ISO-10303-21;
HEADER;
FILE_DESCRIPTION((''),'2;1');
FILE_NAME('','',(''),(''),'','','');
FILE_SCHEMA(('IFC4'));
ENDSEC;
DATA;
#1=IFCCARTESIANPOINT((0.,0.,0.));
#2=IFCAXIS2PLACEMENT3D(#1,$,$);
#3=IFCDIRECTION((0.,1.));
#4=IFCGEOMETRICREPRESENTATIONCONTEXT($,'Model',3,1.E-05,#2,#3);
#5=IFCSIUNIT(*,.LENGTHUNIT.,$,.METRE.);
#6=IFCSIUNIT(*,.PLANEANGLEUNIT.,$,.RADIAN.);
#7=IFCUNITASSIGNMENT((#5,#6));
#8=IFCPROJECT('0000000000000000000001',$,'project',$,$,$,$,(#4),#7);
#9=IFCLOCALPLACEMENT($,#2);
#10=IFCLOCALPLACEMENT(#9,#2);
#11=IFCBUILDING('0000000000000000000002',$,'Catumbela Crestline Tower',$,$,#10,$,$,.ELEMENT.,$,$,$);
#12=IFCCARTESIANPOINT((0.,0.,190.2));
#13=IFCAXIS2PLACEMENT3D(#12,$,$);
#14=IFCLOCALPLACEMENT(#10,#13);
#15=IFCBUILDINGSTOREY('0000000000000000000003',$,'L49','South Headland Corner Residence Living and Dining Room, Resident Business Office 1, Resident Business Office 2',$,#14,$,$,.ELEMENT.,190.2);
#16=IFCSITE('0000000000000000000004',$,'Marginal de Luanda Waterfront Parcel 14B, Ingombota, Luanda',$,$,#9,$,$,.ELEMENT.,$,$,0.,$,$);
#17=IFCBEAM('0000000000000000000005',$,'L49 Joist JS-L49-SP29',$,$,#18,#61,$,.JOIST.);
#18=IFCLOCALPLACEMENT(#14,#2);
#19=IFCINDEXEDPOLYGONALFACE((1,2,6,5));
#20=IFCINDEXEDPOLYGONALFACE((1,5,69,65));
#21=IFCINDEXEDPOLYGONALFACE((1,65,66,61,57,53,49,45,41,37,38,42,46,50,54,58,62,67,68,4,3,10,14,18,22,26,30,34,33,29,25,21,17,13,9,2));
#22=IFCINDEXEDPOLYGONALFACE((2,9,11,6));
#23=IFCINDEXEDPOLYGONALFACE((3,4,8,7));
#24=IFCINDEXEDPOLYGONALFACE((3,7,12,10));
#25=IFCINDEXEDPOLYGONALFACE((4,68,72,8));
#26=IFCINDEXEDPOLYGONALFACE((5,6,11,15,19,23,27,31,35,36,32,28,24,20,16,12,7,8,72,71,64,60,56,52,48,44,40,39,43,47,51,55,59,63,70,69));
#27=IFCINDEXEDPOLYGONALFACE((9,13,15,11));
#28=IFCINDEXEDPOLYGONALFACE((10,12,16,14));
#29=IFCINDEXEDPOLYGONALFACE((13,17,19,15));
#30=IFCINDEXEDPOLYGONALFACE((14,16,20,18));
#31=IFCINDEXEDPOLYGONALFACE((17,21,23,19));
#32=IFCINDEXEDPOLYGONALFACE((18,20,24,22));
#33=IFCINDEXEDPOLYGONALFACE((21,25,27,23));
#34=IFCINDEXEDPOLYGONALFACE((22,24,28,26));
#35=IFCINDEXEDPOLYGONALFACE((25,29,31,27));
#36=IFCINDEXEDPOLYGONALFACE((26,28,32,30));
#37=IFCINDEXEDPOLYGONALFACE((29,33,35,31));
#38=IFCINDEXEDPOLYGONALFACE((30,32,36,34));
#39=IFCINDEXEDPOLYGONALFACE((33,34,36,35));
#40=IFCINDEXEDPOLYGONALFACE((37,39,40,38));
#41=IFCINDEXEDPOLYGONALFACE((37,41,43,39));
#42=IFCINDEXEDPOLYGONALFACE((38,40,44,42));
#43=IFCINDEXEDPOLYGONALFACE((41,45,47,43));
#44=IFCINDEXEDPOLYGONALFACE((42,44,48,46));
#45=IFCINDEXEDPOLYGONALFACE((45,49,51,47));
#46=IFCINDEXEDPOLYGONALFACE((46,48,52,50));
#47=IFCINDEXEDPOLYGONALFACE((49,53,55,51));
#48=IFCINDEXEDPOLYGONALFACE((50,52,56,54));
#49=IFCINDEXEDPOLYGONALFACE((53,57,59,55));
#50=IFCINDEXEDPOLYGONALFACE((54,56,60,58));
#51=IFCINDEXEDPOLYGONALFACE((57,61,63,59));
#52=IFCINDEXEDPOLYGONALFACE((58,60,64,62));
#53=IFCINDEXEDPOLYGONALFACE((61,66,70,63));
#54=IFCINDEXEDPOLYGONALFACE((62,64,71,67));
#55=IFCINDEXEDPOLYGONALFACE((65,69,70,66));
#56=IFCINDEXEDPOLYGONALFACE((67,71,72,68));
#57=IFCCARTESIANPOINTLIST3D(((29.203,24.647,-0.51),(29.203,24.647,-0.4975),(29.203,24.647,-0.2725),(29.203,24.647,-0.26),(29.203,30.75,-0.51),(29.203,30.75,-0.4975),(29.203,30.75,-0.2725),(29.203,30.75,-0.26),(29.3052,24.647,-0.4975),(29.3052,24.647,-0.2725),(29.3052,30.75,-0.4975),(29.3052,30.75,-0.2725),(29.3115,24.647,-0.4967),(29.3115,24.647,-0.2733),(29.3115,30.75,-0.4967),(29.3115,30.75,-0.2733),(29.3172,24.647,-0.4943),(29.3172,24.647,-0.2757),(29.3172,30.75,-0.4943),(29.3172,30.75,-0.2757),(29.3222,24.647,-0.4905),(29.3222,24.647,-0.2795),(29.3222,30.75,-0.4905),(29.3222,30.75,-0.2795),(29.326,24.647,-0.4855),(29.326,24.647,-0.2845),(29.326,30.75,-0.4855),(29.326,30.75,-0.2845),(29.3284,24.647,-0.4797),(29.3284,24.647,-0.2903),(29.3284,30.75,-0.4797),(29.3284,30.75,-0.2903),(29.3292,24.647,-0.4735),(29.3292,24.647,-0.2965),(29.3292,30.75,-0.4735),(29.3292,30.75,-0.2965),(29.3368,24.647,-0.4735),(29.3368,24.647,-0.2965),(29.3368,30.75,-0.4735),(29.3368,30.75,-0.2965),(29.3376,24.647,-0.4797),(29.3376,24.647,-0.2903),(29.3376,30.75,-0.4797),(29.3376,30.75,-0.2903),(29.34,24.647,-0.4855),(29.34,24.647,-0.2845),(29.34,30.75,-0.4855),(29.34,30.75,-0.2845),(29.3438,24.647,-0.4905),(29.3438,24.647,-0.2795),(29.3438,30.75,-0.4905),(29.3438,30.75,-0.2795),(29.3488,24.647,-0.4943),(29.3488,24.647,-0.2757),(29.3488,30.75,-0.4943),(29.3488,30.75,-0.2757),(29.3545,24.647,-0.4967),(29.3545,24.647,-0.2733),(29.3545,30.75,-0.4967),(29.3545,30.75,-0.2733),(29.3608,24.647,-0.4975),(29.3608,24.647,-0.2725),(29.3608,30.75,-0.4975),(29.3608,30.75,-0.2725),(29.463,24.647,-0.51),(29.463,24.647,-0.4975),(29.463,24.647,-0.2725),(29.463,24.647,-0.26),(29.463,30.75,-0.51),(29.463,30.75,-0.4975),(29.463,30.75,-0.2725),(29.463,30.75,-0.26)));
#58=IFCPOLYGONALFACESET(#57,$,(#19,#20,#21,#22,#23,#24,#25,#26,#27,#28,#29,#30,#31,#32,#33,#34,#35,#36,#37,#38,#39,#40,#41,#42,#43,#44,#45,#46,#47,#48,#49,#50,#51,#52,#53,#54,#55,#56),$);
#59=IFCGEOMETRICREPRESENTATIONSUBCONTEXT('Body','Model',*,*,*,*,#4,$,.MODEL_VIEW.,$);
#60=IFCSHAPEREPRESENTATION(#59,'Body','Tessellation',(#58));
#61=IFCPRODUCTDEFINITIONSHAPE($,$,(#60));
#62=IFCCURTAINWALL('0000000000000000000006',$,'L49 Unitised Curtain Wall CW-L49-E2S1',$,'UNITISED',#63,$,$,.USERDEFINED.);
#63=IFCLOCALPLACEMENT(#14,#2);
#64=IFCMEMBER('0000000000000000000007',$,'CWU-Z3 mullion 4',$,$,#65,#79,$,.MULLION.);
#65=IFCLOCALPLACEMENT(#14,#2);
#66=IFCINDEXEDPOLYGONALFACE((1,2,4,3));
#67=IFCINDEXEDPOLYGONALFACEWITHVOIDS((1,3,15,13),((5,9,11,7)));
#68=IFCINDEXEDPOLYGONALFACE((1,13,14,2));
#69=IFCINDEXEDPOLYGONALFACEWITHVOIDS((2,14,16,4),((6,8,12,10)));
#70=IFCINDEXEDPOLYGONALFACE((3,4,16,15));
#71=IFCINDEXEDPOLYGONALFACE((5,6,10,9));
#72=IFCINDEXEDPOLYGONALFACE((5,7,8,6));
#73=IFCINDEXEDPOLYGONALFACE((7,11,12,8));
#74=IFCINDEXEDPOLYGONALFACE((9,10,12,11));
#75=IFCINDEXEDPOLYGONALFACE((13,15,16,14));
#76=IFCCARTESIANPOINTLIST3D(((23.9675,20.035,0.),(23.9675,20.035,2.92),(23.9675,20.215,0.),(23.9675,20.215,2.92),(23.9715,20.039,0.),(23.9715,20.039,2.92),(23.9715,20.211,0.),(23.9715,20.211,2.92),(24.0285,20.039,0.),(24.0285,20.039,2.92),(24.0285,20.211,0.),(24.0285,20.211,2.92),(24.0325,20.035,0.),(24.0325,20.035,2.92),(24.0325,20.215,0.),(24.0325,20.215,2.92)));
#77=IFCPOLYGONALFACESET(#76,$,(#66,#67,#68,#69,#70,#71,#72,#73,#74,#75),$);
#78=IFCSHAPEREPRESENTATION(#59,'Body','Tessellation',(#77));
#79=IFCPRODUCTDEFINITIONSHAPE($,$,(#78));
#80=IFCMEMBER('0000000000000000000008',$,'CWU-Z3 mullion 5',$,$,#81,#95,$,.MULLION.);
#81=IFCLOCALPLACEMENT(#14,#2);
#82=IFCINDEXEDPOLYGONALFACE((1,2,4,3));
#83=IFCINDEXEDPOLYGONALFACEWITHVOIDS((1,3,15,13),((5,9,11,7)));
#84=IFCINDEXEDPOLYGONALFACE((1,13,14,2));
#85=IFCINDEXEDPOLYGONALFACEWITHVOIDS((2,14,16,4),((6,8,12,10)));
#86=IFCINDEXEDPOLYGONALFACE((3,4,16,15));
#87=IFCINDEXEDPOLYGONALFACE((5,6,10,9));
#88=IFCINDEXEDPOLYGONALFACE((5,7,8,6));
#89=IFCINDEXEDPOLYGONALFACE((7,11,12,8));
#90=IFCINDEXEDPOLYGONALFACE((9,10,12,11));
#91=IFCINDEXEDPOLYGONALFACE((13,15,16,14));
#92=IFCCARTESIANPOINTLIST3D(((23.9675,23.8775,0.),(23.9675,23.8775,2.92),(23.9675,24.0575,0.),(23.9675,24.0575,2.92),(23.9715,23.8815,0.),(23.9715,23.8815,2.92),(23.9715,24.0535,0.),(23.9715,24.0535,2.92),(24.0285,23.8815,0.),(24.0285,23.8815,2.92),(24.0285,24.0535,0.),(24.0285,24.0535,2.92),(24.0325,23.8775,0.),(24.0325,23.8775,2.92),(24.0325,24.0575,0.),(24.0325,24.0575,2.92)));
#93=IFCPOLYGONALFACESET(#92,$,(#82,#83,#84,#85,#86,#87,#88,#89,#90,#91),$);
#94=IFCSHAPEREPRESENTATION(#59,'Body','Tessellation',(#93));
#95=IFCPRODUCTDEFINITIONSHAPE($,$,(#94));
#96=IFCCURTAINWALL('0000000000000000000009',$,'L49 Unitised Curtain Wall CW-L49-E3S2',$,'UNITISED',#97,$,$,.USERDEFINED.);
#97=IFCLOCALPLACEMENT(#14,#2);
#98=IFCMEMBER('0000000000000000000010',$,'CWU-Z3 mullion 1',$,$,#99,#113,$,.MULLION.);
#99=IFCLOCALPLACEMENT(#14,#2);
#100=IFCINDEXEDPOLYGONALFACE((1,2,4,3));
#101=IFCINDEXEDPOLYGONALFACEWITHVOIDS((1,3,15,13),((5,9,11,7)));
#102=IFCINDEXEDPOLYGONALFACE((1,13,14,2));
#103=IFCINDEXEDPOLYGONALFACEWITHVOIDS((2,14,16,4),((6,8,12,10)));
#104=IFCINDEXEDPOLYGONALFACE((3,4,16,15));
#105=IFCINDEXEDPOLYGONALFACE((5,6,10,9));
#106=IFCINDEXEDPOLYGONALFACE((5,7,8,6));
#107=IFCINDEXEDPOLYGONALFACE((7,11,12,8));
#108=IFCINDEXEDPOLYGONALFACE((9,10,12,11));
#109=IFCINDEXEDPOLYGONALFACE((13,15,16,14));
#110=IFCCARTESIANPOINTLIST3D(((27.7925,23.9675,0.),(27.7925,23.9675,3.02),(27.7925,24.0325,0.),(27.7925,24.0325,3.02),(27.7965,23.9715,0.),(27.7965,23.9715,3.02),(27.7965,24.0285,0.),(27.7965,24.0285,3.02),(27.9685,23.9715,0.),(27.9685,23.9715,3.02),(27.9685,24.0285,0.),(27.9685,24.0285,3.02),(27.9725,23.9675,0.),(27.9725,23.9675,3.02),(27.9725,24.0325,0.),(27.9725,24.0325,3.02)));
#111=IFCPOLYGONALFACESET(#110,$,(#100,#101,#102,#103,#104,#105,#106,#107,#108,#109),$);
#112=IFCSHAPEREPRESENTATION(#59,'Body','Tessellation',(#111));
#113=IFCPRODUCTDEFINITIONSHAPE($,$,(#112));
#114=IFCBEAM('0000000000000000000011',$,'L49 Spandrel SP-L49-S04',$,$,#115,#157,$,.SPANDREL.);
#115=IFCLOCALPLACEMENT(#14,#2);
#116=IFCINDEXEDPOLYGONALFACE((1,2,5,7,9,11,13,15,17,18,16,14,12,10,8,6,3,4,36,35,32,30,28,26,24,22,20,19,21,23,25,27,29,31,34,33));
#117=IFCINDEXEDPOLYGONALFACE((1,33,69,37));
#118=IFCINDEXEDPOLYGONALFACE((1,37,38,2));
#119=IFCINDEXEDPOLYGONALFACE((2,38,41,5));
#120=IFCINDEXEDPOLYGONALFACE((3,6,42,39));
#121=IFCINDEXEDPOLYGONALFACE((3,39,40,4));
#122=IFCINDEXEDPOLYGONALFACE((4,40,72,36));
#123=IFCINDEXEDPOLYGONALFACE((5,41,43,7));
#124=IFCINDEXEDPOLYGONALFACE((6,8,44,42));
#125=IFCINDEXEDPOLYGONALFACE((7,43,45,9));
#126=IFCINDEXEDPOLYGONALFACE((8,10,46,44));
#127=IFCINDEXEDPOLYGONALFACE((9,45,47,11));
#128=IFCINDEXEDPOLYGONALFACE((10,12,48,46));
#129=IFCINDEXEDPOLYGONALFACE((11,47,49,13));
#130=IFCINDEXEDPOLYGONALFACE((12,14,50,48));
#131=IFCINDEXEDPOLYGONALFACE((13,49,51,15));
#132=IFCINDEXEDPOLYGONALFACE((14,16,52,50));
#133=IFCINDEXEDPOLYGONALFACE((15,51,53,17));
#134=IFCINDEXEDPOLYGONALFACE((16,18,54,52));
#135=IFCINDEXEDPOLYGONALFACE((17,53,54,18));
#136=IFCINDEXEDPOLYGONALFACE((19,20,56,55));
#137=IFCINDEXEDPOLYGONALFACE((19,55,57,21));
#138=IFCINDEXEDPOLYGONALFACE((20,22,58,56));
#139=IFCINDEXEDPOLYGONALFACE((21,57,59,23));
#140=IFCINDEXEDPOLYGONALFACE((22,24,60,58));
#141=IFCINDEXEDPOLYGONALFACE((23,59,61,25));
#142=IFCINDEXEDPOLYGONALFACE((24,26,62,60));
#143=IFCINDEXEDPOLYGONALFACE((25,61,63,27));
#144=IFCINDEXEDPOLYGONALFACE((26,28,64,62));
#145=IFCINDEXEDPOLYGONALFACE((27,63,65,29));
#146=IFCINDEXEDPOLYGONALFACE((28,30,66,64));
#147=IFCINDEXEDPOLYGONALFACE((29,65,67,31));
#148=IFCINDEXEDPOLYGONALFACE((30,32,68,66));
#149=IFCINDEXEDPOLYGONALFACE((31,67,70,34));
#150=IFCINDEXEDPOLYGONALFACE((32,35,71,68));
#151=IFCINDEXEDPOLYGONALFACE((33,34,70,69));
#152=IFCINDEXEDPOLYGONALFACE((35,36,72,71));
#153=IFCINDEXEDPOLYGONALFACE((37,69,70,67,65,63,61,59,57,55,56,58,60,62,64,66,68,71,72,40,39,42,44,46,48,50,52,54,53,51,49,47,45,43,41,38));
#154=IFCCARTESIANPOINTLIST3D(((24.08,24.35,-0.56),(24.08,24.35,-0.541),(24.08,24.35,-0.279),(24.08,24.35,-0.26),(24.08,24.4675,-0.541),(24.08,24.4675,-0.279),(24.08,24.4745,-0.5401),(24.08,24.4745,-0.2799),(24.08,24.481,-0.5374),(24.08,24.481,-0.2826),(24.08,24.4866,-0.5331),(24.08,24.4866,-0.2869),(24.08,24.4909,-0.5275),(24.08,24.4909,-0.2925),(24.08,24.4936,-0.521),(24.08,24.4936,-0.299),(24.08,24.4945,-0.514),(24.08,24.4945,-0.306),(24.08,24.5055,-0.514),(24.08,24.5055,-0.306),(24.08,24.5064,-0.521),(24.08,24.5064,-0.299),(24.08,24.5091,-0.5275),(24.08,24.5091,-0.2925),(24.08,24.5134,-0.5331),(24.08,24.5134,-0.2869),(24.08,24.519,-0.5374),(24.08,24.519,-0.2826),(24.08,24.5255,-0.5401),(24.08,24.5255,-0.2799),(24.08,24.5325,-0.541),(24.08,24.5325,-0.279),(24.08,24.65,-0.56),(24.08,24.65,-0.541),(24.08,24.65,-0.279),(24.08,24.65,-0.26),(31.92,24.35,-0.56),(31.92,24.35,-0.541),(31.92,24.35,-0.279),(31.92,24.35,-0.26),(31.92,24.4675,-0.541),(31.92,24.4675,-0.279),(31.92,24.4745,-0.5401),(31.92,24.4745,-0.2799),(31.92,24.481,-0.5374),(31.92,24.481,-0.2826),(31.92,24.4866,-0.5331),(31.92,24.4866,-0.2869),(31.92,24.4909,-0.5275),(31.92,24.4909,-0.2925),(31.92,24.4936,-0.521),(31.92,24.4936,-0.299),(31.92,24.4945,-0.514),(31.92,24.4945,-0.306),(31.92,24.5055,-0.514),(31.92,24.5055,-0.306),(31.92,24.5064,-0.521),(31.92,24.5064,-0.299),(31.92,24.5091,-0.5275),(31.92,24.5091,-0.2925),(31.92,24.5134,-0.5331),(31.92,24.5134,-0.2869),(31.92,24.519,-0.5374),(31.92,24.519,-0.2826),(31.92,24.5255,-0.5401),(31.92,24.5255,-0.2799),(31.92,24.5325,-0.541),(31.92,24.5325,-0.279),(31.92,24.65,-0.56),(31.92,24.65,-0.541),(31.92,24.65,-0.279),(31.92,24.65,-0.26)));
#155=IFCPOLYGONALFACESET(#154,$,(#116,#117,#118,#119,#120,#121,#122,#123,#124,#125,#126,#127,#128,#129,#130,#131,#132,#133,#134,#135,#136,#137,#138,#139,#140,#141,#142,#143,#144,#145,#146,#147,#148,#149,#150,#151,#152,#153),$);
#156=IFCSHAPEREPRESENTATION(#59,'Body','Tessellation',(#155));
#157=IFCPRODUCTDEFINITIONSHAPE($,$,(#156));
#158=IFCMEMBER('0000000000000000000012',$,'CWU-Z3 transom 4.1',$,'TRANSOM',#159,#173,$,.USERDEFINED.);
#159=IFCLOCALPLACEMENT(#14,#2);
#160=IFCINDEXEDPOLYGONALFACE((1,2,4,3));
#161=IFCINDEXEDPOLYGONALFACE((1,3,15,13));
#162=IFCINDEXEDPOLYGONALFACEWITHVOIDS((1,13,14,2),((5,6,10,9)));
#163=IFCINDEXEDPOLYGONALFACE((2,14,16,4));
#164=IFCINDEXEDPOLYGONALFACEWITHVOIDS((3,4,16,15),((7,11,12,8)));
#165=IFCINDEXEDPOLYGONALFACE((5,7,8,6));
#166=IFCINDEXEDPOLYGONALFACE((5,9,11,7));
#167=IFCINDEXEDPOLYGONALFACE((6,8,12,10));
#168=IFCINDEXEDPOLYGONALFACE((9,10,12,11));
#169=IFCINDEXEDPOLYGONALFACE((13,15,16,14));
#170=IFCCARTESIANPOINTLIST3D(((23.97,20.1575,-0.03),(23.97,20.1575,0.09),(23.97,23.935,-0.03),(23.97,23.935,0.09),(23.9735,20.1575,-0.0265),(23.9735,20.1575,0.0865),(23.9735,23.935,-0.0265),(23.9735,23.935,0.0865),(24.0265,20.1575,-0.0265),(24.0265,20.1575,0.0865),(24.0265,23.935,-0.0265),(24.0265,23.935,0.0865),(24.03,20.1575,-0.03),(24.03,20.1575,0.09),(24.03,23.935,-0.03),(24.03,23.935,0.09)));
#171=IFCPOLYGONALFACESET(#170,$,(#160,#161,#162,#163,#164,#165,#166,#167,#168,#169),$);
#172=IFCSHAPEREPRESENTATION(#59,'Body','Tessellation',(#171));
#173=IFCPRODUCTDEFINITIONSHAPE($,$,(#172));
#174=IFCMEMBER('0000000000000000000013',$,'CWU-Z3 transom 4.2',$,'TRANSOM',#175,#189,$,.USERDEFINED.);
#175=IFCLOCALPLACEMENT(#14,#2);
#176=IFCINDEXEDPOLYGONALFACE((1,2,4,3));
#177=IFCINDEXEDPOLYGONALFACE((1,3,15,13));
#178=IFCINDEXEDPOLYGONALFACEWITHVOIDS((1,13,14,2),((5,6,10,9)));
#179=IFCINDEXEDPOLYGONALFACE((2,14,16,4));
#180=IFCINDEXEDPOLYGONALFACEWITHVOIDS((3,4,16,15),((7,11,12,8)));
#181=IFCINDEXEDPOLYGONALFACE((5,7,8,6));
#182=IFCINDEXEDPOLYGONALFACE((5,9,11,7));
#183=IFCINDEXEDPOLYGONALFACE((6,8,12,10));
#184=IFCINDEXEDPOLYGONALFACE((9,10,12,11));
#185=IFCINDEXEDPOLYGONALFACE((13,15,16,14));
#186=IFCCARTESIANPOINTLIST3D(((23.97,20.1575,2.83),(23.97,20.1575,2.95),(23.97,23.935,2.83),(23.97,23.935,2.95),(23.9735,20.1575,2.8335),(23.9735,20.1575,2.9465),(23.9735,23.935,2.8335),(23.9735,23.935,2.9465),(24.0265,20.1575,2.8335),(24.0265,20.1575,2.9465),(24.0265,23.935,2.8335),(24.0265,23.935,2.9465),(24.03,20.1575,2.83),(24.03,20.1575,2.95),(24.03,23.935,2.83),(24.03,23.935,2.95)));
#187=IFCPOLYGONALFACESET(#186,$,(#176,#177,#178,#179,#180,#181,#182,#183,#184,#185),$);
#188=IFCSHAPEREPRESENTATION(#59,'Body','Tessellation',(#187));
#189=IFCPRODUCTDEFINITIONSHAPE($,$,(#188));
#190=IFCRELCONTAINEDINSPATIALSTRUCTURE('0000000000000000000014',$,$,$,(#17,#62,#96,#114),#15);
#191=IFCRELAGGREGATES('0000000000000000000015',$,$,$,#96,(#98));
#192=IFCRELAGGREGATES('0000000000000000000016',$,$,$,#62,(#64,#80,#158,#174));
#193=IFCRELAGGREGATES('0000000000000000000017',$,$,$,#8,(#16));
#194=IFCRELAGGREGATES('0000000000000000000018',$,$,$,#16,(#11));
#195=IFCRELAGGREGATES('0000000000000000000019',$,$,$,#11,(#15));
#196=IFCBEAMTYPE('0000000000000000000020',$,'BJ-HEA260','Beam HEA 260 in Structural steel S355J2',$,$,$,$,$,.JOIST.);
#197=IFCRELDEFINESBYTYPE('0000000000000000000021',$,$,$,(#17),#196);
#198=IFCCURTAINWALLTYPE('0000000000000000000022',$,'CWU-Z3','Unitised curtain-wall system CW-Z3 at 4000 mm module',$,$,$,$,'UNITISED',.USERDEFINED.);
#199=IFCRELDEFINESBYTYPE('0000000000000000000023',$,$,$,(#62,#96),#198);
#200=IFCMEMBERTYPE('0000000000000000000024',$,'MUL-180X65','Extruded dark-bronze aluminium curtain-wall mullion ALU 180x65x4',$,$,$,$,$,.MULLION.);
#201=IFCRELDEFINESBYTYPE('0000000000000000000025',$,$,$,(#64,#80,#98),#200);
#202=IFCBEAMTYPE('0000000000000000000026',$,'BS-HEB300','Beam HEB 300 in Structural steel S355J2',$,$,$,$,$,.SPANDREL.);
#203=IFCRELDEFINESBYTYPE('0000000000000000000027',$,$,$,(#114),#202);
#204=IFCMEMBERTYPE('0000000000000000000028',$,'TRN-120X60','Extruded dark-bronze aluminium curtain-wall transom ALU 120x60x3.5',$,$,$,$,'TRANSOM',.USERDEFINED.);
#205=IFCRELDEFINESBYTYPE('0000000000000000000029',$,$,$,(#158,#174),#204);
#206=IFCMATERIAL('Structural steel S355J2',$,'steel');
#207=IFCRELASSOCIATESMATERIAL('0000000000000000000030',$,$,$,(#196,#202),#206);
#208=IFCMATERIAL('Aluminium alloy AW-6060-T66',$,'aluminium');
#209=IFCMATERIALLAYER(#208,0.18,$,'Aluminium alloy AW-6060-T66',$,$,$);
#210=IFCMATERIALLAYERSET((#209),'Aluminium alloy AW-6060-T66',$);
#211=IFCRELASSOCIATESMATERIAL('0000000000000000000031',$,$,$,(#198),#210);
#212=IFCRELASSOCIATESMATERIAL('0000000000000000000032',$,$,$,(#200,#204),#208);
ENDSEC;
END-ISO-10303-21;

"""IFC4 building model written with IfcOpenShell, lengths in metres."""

from ifc_helpers import new_model, si_unit, direction, frame, origin, origin_2d, place, context, subcontext, project, spatial, hollow_rectangle, i_section, extrude, material, layer, layer_set, material_profile, profile_set, type_object, element, aggregate, save


model = new_model("IFC4")

# Units and contexts
model_context = context("Model", 3, precision=1e-05, world=origin(), true_north=direction((0.0, 1.0)))
body_context = subcontext(model_context, "Body", "Model", "MODEL_VIEW")
ifc_project = project(units=[si_unit("LENGTHUNIT", "METRE"), si_unit("PLANEANGLEUNIT", "RADIAN")], contexts=[model_context])

# Site, building, storey
site_placement = place(None, origin())
site = spatial("IfcSite", under=ifc_project, at=site_placement, Name="Marginal de Luanda Waterfront Parcel 14B, Ingombota, Luanda", CompositionType="ELEMENT", RefElevation=0.0)
building_placement = place(site_placement, origin())
building = spatial("IfcBuilding", under=site, at=building_placement, Name="Catumbela Crestline Tower", CompositionType="ELEMENT")
storey_placement = place(building_placement, frame((0.0, 0.0, 190.2)))
storey = spatial("IfcBuildingStorey", under=building, at=storey_placement, Name="L49", Description="South Headland Corner Residence Living and Dining Room, Resident Business Office 1, Resident Business Office 2", CompositionType="ELEMENT", Elevation=190.2)

# Beam
ifc_material_1 = material(Name="Structural steel S355J2", Category="steel")
ifc_material_profile_1 = material_profile(ifc_material_1, i_section(OverallWidth=0.26, OverallDepth=0.25, WebThickness=0.0075, FlangeThickness=0.0125, FilletRadius=0.024, at=origin_2d()), Name="HEA 260")
ifc_profile_set_1 = profile_set([ifc_material_profile_1], Name="Structural steel S355J2")
beam_type_1 = type_object("IfcBeamType", Name="BJ-HEA260", Description="Beam HEA 260 in Structural steel S355J2", PredefinedType="JOIST", material=ifc_profile_set_1)
for number, where, z_axis, x_axis, name in (
    (1, (29.333, 24.647, -0.385), (0.0, 1.0, 0.0), (-1.0, 0.0, 0.0), "L49 Joist JS-L49-SP29"),
):
    element("IfcBeam", number, at=place(storey_placement, frame(where, z_axis=z_axis, x_axis=x_axis)), inside=storey, type_object=beam_type_1, Name=name, PredefinedType="JOIST", context=body_context, shape_type="SweptSolid", body=[
        extrude(i_section(OverallWidth=0.26, OverallDepth=0.25, WebThickness=0.0075, FlangeThickness=0.0125, FilletRadius=0.024, at=origin_2d()), origin(), (0.0, 0.0, 1.0), 6.103),
    ])

# Curtain wall, members
ifc_material_2 = material(Name="Aluminium alloy AW-6060-T66", Category="aluminium")
ifc_layer_1 = layer(ifc_material_2, 0.18, Name="Aluminium alloy AW-6060-T66")
ifc_layer_set_1 = layer_set([ifc_layer_1], Name="Aluminium alloy AW-6060-T66")
curtain_wall_type = type_object("IfcCurtainWallType", Name="CWU-Z3", Description="Unitised curtain-wall system CW-Z3 at 4000 mm module", ElementType="UNITISED", PredefinedType="USERDEFINED", material=ifc_layer_set_1)
curtain_wall_1_placement = place(storey_placement, origin())
curtain_wall_1 = element("IfcCurtainWall", 2, at=curtain_wall_1_placement, inside=storey, type_object=curtain_wall_type, Name="L49 Unitised Curtain Wall CW-L49-E2S1", ObjectType="UNITISED", PredefinedType="USERDEFINED")
ifc_material_profile_2 = material_profile(ifc_material_2, hollow_rectangle(XDim=0.065, YDim=0.18, WallThickness=0.004, at=origin_2d()), Name="ALU 180x65x4")
ifc_profile_set_2 = profile_set([ifc_material_profile_2], Name="Aluminium alloy AW-6060-T66")
member_type_1 = type_object("IfcMemberType", Name="MUL-180X65", Description="Extruded dark-bronze aluminium curtain-wall mullion ALU 180x65x4", PredefinedType="MULLION", material=ifc_profile_set_2)
member_1_placement = place(storey_placement, frame((24.0, 20.125, 0.0), z_axis=(0.0, 0.0, 1.0), x_axis=(-1.0, 0.0, 0.0)))
member_1 = element("IfcMember", 3, at=member_1_placement, type_object=member_type_1, Name="CWU-Z3 mullion 4", PredefinedType="MULLION", context=body_context, shape_type="SweptSolid", body=[
    extrude(hollow_rectangle(XDim=0.065, YDim=0.18, WallThickness=0.004, at=origin_2d()), origin(), (0.0, 0.0, 1.0), 2.92),
])
member_2_placement = place(storey_placement, frame((24.0, 23.9675, 0.0), z_axis=(0.0, 0.0, 1.0), x_axis=(-1.0, 0.0, 0.0)))
member_2 = element("IfcMember", 4, at=member_2_placement, type_object=member_type_1, Name="CWU-Z3 mullion 5", PredefinedType="MULLION", context=body_context, shape_type="SweptSolid", body=[
    extrude(hollow_rectangle(XDim=0.065, YDim=0.18, WallThickness=0.004, at=origin_2d()), origin(), (0.0, 0.0, 1.0), 2.92),
])

# Curtain wall, member
curtain_wall_2_placement = place(storey_placement, origin())
curtain_wall_2 = element("IfcCurtainWall", 5, at=curtain_wall_2_placement, inside=storey, type_object=curtain_wall_type, Name="L49 Unitised Curtain Wall CW-L49-E3S2", ObjectType="UNITISED", PredefinedType="USERDEFINED")
member_3_placement = place(storey_placement, frame((27.8825, 24.0, 0.0), z_axis=(0.0, 0.0, 1.0), x_axis=(0.0, 1.0, 0.0)))
member_3 = element("IfcMember", 6, at=member_3_placement, type_object=member_type_1, Name="CWU-Z3 mullion 1", PredefinedType="MULLION", context=body_context, shape_type="SweptSolid", body=[
    extrude(hollow_rectangle(XDim=0.065, YDim=0.18, WallThickness=0.004, at=origin_2d()), origin(), (0.0, 0.0, 1.0), 3.02),
])

# Beam
ifc_material_profile_3 = material_profile(ifc_material_1, i_section(OverallWidth=0.3, OverallDepth=0.3, WebThickness=0.011, FlangeThickness=0.019, FilletRadius=0.027, at=origin_2d()), Name="HEB 300")
ifc_profile_set_3 = profile_set([ifc_material_profile_3], Name="Structural steel S355J2")
beam_type_2 = type_object("IfcBeamType", Name="BS-HEB300", Description="Beam HEB 300 in Structural steel S355J2", PredefinedType="SPANDREL", material=ifc_profile_set_3)
beam_1_placement = place(storey_placement, frame((24.08, 24.5, -0.41), z_axis=(1.0, 0.0, 0.0), x_axis=(0.0, 1.0, 0.0)))
element("IfcBeam", 7, at=beam_1_placement, inside=storey, type_object=beam_type_2, Name="L49 Spandrel SP-L49-S04", PredefinedType="SPANDREL", context=body_context, shape_type="SweptSolid", body=[
    extrude(i_section(OverallWidth=0.3, OverallDepth=0.3, WebThickness=0.011, FlangeThickness=0.019, FilletRadius=0.027, at=origin_2d()), origin(), (0.0, 0.0, 1.0), 7.84),
])

# Members
ifc_material_profile_4 = material_profile(ifc_material_2, hollow_rectangle(XDim=0.06, YDim=0.12, WallThickness=0.0035, at=origin_2d()), Name="ALU 120x60x3.5")
ifc_profile_set_4 = profile_set([ifc_material_profile_4], Name="Aluminium alloy AW-6060-T66")
member_type_2 = type_object("IfcMemberType", Name="TRN-120X60", Description="Extruded dark-bronze aluminium curtain-wall transom ALU 120x60x3.5", ElementType="TRANSOM", PredefinedType="USERDEFINED", material=ifc_profile_set_4)
member_4_placement = place(storey_placement, frame((24.0, 20.1575, 0.03), z_axis=(0.0, 1.0, 0.0), x_axis=(-1.0, 0.0, 0.0)))
member_4 = element("IfcMember", 8, at=member_4_placement, type_object=member_type_2, Name="CWU-Z3 transom 4.1", ObjectType="TRANSOM", PredefinedType="USERDEFINED", context=body_context, shape_type="SweptSolid", body=[
    extrude(hollow_rectangle(XDim=0.06, YDim=0.12, WallThickness=0.0035, at=origin_2d()), origin(), (0.0, 0.0, 1.0), 3.7775),
])
member_5_placement = place(storey_placement, frame((24.0, 20.1575, 2.89), z_axis=(0.0, 1.0, 0.0), x_axis=(-1.0, 0.0, 0.0)))
member_5 = element("IfcMember", 9, at=member_5_placement, type_object=member_type_2, Name="CWU-Z3 transom 4.2", ObjectType="TRANSOM", PredefinedType="USERDEFINED", context=body_context, shape_type="SweptSolid", body=[
    extrude(hollow_rectangle(XDim=0.06, YDim=0.12, WallThickness=0.0035, at=origin_2d()), origin(), (0.0, 0.0, 1.0), 3.7775),
])
aggregate(curtain_wall_2, [member_3])

aggregate(curtain_wall_1, [member_1, member_2, member_4, member_5])

save(model, "model.ifc")
